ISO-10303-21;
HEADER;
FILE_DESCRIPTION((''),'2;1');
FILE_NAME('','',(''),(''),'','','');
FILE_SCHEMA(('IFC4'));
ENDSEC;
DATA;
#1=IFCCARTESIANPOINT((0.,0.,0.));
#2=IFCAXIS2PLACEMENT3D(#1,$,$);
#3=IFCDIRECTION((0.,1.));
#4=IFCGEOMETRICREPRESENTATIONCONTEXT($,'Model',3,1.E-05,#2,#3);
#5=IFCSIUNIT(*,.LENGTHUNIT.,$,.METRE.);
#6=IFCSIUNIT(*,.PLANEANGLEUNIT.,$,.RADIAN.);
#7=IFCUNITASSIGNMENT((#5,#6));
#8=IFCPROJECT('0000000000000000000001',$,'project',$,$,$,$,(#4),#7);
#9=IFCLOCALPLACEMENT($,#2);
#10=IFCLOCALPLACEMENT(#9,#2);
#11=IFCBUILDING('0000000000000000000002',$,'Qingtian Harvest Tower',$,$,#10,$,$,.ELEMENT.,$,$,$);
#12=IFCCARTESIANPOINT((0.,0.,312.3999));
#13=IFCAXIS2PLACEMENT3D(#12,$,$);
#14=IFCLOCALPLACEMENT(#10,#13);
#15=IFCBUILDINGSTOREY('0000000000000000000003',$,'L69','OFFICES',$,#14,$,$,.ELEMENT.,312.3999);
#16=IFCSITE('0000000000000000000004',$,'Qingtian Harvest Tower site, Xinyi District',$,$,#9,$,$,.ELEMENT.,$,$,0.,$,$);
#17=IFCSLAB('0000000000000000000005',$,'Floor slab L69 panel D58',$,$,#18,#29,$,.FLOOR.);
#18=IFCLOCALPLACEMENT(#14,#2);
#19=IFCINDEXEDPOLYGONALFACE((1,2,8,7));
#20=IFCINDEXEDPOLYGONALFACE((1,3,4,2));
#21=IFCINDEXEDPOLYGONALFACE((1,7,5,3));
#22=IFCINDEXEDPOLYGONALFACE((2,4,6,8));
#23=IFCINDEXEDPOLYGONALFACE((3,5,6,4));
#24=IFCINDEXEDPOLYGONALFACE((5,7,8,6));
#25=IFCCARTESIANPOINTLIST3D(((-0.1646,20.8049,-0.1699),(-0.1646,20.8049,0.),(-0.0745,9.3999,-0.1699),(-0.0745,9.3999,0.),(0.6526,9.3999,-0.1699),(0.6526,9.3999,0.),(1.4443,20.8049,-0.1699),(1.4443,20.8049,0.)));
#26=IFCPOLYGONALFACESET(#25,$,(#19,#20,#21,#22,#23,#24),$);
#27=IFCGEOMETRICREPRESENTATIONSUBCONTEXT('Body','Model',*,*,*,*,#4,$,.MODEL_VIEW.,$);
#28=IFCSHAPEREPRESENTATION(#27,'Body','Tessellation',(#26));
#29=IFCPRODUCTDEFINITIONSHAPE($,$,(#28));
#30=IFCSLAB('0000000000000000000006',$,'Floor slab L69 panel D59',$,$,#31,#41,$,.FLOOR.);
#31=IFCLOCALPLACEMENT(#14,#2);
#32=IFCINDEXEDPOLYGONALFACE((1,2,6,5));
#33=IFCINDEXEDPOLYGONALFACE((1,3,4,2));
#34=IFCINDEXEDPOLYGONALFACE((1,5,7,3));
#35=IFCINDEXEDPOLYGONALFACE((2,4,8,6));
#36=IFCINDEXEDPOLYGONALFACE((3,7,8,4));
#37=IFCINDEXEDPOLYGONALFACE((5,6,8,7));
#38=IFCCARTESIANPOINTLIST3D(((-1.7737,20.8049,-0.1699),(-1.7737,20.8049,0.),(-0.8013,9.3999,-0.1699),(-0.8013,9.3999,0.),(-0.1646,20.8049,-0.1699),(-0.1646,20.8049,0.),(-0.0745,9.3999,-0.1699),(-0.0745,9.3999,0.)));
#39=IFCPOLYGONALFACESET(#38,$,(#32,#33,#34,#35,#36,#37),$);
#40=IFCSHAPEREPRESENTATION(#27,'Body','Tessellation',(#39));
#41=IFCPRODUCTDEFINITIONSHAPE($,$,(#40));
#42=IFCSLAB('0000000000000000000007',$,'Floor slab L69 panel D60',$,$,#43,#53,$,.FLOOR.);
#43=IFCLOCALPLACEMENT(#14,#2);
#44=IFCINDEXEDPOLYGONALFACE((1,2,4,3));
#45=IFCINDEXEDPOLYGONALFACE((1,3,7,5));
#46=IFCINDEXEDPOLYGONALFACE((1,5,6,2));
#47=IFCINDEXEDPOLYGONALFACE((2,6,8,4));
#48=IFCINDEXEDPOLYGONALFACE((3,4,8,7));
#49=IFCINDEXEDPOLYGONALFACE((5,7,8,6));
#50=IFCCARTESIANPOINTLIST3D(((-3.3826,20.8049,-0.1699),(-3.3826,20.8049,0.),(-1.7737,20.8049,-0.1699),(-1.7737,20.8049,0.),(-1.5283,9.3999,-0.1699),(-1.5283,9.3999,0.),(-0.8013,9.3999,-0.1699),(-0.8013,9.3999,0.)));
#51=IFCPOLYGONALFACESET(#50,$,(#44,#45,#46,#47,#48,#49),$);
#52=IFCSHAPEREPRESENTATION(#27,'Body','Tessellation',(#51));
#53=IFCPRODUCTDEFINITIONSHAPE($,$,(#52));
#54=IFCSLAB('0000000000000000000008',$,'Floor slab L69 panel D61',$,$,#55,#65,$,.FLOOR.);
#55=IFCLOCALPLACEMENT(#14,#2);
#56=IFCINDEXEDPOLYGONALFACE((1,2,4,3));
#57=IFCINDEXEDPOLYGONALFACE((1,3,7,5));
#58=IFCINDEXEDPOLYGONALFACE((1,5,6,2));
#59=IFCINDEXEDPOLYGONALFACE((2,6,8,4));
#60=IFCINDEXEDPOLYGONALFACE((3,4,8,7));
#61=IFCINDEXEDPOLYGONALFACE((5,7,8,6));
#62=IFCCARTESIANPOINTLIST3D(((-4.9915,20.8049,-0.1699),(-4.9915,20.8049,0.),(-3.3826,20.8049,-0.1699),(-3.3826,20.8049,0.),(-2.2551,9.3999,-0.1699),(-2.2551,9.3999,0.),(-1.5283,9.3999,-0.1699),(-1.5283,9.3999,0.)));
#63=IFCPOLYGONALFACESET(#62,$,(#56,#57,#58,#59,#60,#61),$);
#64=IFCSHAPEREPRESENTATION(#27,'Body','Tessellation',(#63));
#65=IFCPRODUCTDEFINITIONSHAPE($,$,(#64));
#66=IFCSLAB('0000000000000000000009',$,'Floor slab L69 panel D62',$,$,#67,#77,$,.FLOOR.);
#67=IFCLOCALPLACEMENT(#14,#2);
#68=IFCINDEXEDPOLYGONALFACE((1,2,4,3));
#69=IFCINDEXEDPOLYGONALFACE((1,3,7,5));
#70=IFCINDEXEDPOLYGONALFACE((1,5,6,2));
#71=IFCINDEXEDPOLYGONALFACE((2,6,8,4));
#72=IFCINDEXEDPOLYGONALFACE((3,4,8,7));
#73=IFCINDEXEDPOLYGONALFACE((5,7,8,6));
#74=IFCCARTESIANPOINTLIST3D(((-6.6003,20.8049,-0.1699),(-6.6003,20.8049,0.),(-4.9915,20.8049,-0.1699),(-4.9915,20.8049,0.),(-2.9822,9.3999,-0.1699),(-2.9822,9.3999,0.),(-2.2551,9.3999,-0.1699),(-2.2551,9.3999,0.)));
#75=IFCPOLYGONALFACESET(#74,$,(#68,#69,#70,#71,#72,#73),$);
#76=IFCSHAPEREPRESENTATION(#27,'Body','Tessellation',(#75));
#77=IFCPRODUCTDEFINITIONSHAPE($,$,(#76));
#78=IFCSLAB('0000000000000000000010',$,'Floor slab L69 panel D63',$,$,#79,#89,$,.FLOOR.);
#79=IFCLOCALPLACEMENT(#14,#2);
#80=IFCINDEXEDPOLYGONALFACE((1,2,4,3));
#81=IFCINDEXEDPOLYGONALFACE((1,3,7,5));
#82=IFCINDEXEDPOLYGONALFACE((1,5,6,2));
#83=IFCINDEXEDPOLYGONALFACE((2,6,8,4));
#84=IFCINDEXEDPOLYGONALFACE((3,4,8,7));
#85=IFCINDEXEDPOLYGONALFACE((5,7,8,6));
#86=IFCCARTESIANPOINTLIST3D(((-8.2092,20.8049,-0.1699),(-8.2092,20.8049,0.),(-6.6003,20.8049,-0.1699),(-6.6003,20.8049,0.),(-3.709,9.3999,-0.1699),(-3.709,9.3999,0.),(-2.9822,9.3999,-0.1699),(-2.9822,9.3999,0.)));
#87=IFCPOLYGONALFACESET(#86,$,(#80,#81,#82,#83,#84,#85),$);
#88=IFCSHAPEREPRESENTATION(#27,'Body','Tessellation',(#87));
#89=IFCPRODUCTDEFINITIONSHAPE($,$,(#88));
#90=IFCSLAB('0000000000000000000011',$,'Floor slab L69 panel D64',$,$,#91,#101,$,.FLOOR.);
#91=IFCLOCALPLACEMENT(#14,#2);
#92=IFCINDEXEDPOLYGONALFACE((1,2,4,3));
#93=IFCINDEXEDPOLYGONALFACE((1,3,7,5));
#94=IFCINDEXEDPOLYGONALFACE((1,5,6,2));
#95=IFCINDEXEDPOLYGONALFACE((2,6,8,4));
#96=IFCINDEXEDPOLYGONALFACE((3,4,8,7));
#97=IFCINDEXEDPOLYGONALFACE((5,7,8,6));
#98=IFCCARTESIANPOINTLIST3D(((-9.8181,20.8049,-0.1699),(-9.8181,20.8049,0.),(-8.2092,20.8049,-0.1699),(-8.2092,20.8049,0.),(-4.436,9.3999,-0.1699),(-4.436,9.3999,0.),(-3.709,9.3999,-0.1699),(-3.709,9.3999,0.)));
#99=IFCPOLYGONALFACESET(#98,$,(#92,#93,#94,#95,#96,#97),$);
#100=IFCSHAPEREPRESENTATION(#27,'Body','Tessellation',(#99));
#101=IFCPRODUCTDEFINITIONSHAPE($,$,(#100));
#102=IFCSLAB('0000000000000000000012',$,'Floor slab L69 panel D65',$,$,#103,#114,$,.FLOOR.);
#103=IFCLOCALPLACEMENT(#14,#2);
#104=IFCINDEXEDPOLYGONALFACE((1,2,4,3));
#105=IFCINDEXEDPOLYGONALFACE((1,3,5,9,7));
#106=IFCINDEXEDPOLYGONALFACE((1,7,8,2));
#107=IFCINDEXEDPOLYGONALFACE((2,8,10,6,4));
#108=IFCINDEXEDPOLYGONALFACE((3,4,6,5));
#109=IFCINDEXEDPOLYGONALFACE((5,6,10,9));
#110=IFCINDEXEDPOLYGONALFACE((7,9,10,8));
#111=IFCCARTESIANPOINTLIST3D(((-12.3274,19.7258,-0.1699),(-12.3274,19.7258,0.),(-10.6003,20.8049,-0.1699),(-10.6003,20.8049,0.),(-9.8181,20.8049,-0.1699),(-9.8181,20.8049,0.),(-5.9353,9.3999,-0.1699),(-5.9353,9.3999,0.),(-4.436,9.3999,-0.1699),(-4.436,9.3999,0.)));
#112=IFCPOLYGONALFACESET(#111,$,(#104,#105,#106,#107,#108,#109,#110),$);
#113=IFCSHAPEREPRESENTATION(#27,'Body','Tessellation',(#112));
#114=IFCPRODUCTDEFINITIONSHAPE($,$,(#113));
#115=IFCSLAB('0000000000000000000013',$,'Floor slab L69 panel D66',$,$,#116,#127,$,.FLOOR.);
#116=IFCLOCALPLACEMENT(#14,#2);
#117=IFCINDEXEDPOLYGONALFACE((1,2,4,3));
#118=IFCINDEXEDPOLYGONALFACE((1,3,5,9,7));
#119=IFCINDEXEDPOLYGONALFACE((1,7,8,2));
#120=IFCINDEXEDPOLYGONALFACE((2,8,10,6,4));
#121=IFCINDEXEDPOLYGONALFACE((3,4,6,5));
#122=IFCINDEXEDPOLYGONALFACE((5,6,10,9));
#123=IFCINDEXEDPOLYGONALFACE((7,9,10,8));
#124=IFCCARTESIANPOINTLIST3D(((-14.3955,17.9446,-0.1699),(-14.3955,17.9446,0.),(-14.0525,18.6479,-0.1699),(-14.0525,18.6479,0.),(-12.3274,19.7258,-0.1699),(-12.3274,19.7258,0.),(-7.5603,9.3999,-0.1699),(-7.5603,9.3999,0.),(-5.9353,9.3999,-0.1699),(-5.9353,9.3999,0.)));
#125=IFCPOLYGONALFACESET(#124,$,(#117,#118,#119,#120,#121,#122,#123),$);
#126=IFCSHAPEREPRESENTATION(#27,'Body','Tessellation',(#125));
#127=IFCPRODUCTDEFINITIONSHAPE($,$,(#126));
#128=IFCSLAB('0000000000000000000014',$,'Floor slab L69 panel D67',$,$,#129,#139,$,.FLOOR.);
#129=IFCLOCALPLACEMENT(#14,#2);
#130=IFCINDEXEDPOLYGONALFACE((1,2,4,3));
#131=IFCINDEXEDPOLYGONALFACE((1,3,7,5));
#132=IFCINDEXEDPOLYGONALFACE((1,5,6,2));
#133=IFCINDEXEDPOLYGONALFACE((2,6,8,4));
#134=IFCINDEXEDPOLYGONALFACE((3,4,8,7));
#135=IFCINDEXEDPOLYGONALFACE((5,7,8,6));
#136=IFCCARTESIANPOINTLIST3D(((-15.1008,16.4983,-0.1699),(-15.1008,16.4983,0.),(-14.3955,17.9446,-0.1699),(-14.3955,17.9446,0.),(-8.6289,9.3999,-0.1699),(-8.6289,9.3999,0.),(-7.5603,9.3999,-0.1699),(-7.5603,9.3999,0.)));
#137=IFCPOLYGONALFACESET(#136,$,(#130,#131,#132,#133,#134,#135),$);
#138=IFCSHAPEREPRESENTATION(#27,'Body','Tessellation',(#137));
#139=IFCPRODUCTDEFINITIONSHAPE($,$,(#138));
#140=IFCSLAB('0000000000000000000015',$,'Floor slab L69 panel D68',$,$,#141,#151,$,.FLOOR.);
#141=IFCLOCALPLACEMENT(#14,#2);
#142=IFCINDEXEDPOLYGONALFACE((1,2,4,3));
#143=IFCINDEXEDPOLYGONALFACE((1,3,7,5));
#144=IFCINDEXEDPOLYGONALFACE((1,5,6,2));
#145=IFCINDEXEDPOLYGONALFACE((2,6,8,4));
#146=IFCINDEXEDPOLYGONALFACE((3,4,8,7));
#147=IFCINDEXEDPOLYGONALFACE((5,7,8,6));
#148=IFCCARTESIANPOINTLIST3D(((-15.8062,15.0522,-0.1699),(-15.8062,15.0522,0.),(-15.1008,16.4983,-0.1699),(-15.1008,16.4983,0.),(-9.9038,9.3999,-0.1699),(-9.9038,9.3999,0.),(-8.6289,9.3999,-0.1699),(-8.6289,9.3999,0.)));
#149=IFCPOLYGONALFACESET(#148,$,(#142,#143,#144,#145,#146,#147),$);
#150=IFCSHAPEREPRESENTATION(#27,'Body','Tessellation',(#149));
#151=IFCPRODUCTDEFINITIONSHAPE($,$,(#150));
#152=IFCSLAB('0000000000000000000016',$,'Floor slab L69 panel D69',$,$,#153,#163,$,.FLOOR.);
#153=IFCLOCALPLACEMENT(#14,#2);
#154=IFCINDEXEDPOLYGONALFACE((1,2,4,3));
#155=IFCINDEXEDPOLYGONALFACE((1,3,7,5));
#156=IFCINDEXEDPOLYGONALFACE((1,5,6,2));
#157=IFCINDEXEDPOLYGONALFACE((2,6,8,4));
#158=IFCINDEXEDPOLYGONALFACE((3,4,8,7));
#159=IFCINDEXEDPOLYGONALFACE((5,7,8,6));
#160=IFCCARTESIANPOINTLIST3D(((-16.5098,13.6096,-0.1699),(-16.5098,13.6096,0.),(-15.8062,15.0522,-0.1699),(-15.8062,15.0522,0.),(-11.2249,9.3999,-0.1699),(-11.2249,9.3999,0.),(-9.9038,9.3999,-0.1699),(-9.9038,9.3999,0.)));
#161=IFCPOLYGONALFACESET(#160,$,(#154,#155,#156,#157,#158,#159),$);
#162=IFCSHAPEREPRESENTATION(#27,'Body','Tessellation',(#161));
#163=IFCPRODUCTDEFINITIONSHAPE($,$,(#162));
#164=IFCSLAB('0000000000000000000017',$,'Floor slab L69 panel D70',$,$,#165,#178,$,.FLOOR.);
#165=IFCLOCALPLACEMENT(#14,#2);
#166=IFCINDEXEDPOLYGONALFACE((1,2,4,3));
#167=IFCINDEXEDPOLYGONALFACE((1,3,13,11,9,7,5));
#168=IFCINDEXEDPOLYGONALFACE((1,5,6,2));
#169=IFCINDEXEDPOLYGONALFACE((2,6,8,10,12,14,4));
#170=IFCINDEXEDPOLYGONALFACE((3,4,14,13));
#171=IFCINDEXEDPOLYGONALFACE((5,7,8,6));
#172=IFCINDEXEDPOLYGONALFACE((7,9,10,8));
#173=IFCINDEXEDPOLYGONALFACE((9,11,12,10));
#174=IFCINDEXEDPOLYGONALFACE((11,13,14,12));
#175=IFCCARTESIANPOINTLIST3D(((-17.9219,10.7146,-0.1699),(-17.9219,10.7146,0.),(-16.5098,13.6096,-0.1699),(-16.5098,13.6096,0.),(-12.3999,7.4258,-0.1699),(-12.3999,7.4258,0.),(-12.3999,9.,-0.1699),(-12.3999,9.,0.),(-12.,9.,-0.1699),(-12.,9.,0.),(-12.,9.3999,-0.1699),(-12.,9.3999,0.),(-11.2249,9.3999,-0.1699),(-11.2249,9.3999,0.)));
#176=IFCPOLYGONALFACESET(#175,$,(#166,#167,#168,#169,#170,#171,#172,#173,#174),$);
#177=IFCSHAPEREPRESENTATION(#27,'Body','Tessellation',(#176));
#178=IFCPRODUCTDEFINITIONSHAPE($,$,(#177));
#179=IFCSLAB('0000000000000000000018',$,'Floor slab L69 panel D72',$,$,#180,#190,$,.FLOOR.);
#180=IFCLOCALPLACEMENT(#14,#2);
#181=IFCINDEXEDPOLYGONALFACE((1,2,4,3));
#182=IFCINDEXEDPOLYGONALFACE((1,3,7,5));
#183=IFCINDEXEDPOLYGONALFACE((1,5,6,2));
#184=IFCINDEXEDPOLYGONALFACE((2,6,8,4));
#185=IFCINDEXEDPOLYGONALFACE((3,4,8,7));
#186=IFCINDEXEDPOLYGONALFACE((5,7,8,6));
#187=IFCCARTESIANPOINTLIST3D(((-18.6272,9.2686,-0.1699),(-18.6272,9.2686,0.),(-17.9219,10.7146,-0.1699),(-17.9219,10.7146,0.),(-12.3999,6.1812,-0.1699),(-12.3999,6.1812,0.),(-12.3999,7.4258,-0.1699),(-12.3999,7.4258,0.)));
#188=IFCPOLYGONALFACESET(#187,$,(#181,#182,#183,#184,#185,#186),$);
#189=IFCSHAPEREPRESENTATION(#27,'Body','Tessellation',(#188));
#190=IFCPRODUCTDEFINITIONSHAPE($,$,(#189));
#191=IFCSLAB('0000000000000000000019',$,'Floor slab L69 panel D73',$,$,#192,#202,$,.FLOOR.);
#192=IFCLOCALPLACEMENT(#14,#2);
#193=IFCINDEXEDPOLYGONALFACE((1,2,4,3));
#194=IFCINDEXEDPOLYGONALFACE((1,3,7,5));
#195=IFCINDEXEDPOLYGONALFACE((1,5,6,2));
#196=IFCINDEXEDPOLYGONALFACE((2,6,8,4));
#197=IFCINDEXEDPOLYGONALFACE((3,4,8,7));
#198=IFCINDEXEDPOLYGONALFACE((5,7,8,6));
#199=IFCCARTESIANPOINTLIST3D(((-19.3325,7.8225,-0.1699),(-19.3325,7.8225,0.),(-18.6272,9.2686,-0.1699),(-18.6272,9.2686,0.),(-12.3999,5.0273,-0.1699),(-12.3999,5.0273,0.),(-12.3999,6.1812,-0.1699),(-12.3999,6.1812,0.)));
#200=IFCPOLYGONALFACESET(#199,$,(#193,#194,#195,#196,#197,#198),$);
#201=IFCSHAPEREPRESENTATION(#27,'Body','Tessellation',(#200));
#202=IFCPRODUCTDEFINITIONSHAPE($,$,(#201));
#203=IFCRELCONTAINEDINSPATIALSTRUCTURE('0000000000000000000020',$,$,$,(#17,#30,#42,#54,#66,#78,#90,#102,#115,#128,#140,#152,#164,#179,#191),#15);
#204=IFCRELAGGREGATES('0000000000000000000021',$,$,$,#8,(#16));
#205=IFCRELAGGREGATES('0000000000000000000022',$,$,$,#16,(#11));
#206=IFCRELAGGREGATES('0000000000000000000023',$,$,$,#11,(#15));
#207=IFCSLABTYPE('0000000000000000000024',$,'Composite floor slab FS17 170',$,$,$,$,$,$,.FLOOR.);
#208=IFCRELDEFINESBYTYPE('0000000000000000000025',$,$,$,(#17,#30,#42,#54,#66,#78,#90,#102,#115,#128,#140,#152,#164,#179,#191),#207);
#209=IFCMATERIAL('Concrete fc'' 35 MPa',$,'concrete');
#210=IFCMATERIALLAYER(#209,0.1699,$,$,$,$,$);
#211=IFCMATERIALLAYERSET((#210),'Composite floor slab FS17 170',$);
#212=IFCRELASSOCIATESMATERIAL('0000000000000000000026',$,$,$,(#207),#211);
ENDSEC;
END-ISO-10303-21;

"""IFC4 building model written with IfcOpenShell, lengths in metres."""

from ifc_helpers import new_model, si_unit, direction, frame, origin, place, context, subcontext, project, spatial, polyline, outline, extrude, material, layer, layer_set, type_object, element, save


model = new_model("IFC4")

# Units and contexts
model_context = context("Model", 3, precision=1e-05, world=origin(), true_north=direction((0.0, 1.0)))
body_context = subcontext(model_context, "Body", "Model", "MODEL_VIEW")
ifc_project = project(units=[si_unit("LENGTHUNIT", "METRE"), si_unit("PLANEANGLEUNIT", "RADIAN")], contexts=[model_context])

# Site, building, storey
site_placement = place(None, origin())
site = spatial("IfcSite", under=ifc_project, at=site_placement, Name="Qingtian Harvest Tower site, Xinyi District", CompositionType="ELEMENT", RefElevation=0.0)
building_placement = place(site_placement, origin())
building = spatial("IfcBuilding", under=site, at=building_placement, Name="Qingtian Harvest Tower", CompositionType="ELEMENT")
storey_placement = place(building_placement, frame((0.0, 0.0, 312.3999)))
storey = spatial("IfcBuildingStorey", under=building, at=storey_placement, Name="L69", Description="OFFICES", CompositionType="ELEMENT", Elevation=312.3999)

# Slabs
ifc_material_1 = material(Name="Concrete fc' 35 MPa", Category="concrete")
ifc_layer_1 = layer(ifc_material_1, 0.1699)
ifc_layer_set_1 = layer_set([ifc_layer_1], Name="Composite floor slab FS17 170")
slab_type = type_object("IfcSlabType", Name="Composite floor slab FS17 170", PredefinedType="FLOOR", material=ifc_layer_set_1)
slab_1_placement = place(storey_placement, frame((0.0, 0.0, -0.1699)))
element("IfcSlab", 1, at=slab_1_placement, inside=storey, type_object=slab_type, Name="Floor slab L69 panel D58", PredefinedType="FLOOR", context=body_context, shape_type="SweptSolid", body=[
    extrude(outline(polyline([(-0.0745, 9.3999), (-0.1646, 20.8049), (1.4443, 20.8049), (0.6526, 9.3999), (-0.0745, 9.3999)])), origin(), (0.0, 0.0, 1.0), 0.1699),
])
slab_2_placement = place(storey_placement, frame((0.0, 0.0, -0.1699)))
element("IfcSlab", 2, at=slab_2_placement, inside=storey, type_object=slab_type, Name="Floor slab L69 panel D59", PredefinedType="FLOOR", context=body_context, shape_type="SweptSolid", body=[
    extrude(outline(polyline([(-0.8013, 9.3999), (-1.7737, 20.8049), (-0.1646, 20.8049), (-0.0745, 9.3999), (-0.8013, 9.3999)])), origin(), (0.0, 0.0, 1.0), 0.1699),
])
slab_3_placement = place(storey_placement, frame((0.0, 0.0, -0.1699)))
element("IfcSlab", 3, at=slab_3_placement, inside=storey, type_object=slab_type, Name="Floor slab L69 panel D60", PredefinedType="FLOOR", context=body_context, shape_type="SweptSolid", body=[
    extrude(outline(polyline([(-1.5283, 9.3999), (-3.3826, 20.8049), (-1.7737, 20.8049), (-0.8013, 9.3999), (-1.5283, 9.3999)])), origin(), (0.0, 0.0, 1.0), 0.1699),
])
slab_4_placement = place(storey_placement, frame((0.0, 0.0, -0.1699)))
element("IfcSlab", 4, at=slab_4_placement, inside=storey, type_object=slab_type, Name="Floor slab L69 panel D61", PredefinedType="FLOOR", context=body_context, shape_type="SweptSolid", body=[
    extrude(outline(polyline([(-2.2551, 9.3999), (-4.9915, 20.8049), (-3.3826, 20.8049), (-1.5283, 9.3999), (-2.2551, 9.3999)])), origin(), (0.0, 0.0, 1.0), 0.1699),
])
slab_5_placement = place(storey_placement, frame((0.0, 0.0, -0.1699)))
element("IfcSlab", 5, at=slab_5_placement, inside=storey, type_object=slab_type, Name="Floor slab L69 panel D62", PredefinedType="FLOOR", context=body_context, shape_type="SweptSolid", body=[
    extrude(outline(polyline([(-2.9822, 9.3999), (-6.6003, 20.8049), (-4.9915, 20.8049), (-2.2551, 9.3999), (-2.9822, 9.3999)])), origin(), (0.0, 0.0, 1.0), 0.1699),
])
slab_6_placement = place(storey_placement, frame((0.0, 0.0, -0.1699)))
element("IfcSlab", 6, at=slab_6_placement, inside=storey, type_object=slab_type, Name="Floor slab L69 panel D63", PredefinedType="FLOOR", context=body_context, shape_type="SweptSolid", body=[
    extrude(outline(polyline([(-3.709, 9.3999), (-8.2092, 20.8049), (-6.6003, 20.8049), (-2.9822, 9.3999), (-3.709, 9.3999)])), origin(), (0.0, 0.0, 1.0), 0.1699),
])
slab_7_placement = place(storey_placement, frame((0.0, 0.0, -0.1699)))
element("IfcSlab", 7, at=slab_7_placement, inside=storey, type_object=slab_type, Name="Floor slab L69 panel D64", PredefinedType="FLOOR", context=body_context, shape_type="SweptSolid", body=[
    extrude(outline(polyline([(-4.436, 9.3999), (-9.8181, 20.8049), (-8.2092, 20.8049), (-3.709, 9.3999), (-4.436, 9.3999)])), origin(), (0.0, 0.0, 1.0), 0.1699),
])
slab_8_placement = place(storey_placement, frame((0.0, 0.0, -0.1699)))
element("IfcSlab", 8, at=slab_8_placement, inside=storey, type_object=slab_type, Name="Floor slab L69 panel D65", PredefinedType="FLOOR", context=body_context, shape_type="SweptSolid", body=[
    extrude(outline(polyline([(-4.436, 9.3999), (-5.9353, 9.3999), (-12.3274, 19.7258), (-10.6003, 20.8049), (-9.8181, 20.8049), (-4.436, 9.3999)])), origin(), (0.0, 0.0, 1.0), 0.1699),
])
slab_9_placement = place(storey_placement, frame((0.0, 0.0, -0.1699)))
element("IfcSlab", 9, at=slab_9_placement, inside=storey, type_object=slab_type, Name="Floor slab L69 panel D66", PredefinedType="FLOOR", context=body_context, shape_type="SweptSolid", body=[
    extrude(outline(polyline([(-5.9353, 9.3999), (-7.5603, 9.3999), (-14.3955, 17.9446), (-14.0525, 18.6479), (-12.3274, 19.7258), (-5.9353, 9.3999)])), origin(), (0.0, 0.0, 1.0), 0.1699),
])
slab_10_placement = place(storey_placement, frame((0.0, 0.0, -0.1699)))
element("IfcSlab", 10, at=slab_10_placement, inside=storey, type_object=slab_type, Name="Floor slab L69 panel D67", PredefinedType="FLOOR", context=body_context, shape_type="SweptSolid", body=[
    extrude(outline(polyline([(-8.6289, 9.3999), (-15.1008, 16.4983), (-14.3955, 17.9446), (-7.5603, 9.3999), (-8.6289, 9.3999)])), origin(), (0.0, 0.0, 1.0), 0.1699),
])
slab_11_placement = place(storey_placement, frame((0.0, 0.0, -0.1699)))
element("IfcSlab", 11, at=slab_11_placement, inside=storey, type_object=slab_type, Name="Floor slab L69 panel D68", PredefinedType="FLOOR", context=body_context, shape_type="SweptSolid", body=[
    extrude(outline(polyline([(-9.9038, 9.3999), (-15.8062, 15.0522), (-15.1008, 16.4983), (-8.6289, 9.3999), (-9.9038, 9.3999)])), origin(), (0.0, 0.0, 1.0), 0.1699),
])
slab_12_placement = place(storey_placement, frame((0.0, 0.0, -0.1699)))
element("IfcSlab", 12, at=slab_12_placement, inside=storey, type_object=slab_type, Name="Floor slab L69 panel D69", PredefinedType="FLOOR", context=body_context, shape_type="SweptSolid", body=[
    extrude(outline(polyline([(-11.2249, 9.3999), (-16.5098, 13.6096), (-15.8062, 15.0522), (-9.9038, 9.3999), (-11.2249, 9.3999)])), origin(), (0.0, 0.0, 1.0), 0.1699),
])
slab_13_placement = place(storey_placement, frame((0.0, 0.0, -0.1699)))
element("IfcSlab", 13, at=slab_13_placement, inside=storey, type_object=slab_type, Name="Floor slab L69 panel D70", PredefinedType="FLOOR", context=body_context, shape_type="SweptSolid", body=[
    extrude(outline(polyline([(-12.0, 9.0), (-12.3999, 9.0), (-12.3999, 7.4258), (-17.9219, 10.7146), (-16.5098, 13.6096), (-11.2249, 9.3999), (-12.0, 9.3999), (-12.0, 9.0)])), origin(), (0.0, 0.0, 1.0), 0.1699),
])
slab_14_placement = place(storey_placement, frame((0.0, 0.0, -0.1699)))
element("IfcSlab", 14, at=slab_14_placement, inside=storey, type_object=slab_type, Name="Floor slab L69 panel D72", PredefinedType="FLOOR", context=body_context, shape_type="SweptSolid", body=[
    extrude(outline(polyline([(-12.3999, 6.1812), (-18.6272, 9.2686), (-17.9219, 10.7146), (-12.3999, 7.4258), (-12.3999, 6.1812)])), origin(), (0.0, 0.0, 1.0), 0.1699),
])
slab_15_placement = place(storey_placement, frame((0.0, 0.0, -0.1699)))
element("IfcSlab", 15, at=slab_15_placement, inside=storey, type_object=slab_type, Name="Floor slab L69 panel D73", PredefinedType="FLOOR", context=body_context, shape_type="SweptSolid", body=[
    extrude(outline(polyline([(-12.3999, 5.0273), (-19.3325, 7.8225), (-18.6272, 9.2686), (-12.3999, 6.1812), (-12.3999, 5.0273)])), origin(), (0.0, 0.0, 1.0), 0.1699),
])

save(model, "model.ifc")
